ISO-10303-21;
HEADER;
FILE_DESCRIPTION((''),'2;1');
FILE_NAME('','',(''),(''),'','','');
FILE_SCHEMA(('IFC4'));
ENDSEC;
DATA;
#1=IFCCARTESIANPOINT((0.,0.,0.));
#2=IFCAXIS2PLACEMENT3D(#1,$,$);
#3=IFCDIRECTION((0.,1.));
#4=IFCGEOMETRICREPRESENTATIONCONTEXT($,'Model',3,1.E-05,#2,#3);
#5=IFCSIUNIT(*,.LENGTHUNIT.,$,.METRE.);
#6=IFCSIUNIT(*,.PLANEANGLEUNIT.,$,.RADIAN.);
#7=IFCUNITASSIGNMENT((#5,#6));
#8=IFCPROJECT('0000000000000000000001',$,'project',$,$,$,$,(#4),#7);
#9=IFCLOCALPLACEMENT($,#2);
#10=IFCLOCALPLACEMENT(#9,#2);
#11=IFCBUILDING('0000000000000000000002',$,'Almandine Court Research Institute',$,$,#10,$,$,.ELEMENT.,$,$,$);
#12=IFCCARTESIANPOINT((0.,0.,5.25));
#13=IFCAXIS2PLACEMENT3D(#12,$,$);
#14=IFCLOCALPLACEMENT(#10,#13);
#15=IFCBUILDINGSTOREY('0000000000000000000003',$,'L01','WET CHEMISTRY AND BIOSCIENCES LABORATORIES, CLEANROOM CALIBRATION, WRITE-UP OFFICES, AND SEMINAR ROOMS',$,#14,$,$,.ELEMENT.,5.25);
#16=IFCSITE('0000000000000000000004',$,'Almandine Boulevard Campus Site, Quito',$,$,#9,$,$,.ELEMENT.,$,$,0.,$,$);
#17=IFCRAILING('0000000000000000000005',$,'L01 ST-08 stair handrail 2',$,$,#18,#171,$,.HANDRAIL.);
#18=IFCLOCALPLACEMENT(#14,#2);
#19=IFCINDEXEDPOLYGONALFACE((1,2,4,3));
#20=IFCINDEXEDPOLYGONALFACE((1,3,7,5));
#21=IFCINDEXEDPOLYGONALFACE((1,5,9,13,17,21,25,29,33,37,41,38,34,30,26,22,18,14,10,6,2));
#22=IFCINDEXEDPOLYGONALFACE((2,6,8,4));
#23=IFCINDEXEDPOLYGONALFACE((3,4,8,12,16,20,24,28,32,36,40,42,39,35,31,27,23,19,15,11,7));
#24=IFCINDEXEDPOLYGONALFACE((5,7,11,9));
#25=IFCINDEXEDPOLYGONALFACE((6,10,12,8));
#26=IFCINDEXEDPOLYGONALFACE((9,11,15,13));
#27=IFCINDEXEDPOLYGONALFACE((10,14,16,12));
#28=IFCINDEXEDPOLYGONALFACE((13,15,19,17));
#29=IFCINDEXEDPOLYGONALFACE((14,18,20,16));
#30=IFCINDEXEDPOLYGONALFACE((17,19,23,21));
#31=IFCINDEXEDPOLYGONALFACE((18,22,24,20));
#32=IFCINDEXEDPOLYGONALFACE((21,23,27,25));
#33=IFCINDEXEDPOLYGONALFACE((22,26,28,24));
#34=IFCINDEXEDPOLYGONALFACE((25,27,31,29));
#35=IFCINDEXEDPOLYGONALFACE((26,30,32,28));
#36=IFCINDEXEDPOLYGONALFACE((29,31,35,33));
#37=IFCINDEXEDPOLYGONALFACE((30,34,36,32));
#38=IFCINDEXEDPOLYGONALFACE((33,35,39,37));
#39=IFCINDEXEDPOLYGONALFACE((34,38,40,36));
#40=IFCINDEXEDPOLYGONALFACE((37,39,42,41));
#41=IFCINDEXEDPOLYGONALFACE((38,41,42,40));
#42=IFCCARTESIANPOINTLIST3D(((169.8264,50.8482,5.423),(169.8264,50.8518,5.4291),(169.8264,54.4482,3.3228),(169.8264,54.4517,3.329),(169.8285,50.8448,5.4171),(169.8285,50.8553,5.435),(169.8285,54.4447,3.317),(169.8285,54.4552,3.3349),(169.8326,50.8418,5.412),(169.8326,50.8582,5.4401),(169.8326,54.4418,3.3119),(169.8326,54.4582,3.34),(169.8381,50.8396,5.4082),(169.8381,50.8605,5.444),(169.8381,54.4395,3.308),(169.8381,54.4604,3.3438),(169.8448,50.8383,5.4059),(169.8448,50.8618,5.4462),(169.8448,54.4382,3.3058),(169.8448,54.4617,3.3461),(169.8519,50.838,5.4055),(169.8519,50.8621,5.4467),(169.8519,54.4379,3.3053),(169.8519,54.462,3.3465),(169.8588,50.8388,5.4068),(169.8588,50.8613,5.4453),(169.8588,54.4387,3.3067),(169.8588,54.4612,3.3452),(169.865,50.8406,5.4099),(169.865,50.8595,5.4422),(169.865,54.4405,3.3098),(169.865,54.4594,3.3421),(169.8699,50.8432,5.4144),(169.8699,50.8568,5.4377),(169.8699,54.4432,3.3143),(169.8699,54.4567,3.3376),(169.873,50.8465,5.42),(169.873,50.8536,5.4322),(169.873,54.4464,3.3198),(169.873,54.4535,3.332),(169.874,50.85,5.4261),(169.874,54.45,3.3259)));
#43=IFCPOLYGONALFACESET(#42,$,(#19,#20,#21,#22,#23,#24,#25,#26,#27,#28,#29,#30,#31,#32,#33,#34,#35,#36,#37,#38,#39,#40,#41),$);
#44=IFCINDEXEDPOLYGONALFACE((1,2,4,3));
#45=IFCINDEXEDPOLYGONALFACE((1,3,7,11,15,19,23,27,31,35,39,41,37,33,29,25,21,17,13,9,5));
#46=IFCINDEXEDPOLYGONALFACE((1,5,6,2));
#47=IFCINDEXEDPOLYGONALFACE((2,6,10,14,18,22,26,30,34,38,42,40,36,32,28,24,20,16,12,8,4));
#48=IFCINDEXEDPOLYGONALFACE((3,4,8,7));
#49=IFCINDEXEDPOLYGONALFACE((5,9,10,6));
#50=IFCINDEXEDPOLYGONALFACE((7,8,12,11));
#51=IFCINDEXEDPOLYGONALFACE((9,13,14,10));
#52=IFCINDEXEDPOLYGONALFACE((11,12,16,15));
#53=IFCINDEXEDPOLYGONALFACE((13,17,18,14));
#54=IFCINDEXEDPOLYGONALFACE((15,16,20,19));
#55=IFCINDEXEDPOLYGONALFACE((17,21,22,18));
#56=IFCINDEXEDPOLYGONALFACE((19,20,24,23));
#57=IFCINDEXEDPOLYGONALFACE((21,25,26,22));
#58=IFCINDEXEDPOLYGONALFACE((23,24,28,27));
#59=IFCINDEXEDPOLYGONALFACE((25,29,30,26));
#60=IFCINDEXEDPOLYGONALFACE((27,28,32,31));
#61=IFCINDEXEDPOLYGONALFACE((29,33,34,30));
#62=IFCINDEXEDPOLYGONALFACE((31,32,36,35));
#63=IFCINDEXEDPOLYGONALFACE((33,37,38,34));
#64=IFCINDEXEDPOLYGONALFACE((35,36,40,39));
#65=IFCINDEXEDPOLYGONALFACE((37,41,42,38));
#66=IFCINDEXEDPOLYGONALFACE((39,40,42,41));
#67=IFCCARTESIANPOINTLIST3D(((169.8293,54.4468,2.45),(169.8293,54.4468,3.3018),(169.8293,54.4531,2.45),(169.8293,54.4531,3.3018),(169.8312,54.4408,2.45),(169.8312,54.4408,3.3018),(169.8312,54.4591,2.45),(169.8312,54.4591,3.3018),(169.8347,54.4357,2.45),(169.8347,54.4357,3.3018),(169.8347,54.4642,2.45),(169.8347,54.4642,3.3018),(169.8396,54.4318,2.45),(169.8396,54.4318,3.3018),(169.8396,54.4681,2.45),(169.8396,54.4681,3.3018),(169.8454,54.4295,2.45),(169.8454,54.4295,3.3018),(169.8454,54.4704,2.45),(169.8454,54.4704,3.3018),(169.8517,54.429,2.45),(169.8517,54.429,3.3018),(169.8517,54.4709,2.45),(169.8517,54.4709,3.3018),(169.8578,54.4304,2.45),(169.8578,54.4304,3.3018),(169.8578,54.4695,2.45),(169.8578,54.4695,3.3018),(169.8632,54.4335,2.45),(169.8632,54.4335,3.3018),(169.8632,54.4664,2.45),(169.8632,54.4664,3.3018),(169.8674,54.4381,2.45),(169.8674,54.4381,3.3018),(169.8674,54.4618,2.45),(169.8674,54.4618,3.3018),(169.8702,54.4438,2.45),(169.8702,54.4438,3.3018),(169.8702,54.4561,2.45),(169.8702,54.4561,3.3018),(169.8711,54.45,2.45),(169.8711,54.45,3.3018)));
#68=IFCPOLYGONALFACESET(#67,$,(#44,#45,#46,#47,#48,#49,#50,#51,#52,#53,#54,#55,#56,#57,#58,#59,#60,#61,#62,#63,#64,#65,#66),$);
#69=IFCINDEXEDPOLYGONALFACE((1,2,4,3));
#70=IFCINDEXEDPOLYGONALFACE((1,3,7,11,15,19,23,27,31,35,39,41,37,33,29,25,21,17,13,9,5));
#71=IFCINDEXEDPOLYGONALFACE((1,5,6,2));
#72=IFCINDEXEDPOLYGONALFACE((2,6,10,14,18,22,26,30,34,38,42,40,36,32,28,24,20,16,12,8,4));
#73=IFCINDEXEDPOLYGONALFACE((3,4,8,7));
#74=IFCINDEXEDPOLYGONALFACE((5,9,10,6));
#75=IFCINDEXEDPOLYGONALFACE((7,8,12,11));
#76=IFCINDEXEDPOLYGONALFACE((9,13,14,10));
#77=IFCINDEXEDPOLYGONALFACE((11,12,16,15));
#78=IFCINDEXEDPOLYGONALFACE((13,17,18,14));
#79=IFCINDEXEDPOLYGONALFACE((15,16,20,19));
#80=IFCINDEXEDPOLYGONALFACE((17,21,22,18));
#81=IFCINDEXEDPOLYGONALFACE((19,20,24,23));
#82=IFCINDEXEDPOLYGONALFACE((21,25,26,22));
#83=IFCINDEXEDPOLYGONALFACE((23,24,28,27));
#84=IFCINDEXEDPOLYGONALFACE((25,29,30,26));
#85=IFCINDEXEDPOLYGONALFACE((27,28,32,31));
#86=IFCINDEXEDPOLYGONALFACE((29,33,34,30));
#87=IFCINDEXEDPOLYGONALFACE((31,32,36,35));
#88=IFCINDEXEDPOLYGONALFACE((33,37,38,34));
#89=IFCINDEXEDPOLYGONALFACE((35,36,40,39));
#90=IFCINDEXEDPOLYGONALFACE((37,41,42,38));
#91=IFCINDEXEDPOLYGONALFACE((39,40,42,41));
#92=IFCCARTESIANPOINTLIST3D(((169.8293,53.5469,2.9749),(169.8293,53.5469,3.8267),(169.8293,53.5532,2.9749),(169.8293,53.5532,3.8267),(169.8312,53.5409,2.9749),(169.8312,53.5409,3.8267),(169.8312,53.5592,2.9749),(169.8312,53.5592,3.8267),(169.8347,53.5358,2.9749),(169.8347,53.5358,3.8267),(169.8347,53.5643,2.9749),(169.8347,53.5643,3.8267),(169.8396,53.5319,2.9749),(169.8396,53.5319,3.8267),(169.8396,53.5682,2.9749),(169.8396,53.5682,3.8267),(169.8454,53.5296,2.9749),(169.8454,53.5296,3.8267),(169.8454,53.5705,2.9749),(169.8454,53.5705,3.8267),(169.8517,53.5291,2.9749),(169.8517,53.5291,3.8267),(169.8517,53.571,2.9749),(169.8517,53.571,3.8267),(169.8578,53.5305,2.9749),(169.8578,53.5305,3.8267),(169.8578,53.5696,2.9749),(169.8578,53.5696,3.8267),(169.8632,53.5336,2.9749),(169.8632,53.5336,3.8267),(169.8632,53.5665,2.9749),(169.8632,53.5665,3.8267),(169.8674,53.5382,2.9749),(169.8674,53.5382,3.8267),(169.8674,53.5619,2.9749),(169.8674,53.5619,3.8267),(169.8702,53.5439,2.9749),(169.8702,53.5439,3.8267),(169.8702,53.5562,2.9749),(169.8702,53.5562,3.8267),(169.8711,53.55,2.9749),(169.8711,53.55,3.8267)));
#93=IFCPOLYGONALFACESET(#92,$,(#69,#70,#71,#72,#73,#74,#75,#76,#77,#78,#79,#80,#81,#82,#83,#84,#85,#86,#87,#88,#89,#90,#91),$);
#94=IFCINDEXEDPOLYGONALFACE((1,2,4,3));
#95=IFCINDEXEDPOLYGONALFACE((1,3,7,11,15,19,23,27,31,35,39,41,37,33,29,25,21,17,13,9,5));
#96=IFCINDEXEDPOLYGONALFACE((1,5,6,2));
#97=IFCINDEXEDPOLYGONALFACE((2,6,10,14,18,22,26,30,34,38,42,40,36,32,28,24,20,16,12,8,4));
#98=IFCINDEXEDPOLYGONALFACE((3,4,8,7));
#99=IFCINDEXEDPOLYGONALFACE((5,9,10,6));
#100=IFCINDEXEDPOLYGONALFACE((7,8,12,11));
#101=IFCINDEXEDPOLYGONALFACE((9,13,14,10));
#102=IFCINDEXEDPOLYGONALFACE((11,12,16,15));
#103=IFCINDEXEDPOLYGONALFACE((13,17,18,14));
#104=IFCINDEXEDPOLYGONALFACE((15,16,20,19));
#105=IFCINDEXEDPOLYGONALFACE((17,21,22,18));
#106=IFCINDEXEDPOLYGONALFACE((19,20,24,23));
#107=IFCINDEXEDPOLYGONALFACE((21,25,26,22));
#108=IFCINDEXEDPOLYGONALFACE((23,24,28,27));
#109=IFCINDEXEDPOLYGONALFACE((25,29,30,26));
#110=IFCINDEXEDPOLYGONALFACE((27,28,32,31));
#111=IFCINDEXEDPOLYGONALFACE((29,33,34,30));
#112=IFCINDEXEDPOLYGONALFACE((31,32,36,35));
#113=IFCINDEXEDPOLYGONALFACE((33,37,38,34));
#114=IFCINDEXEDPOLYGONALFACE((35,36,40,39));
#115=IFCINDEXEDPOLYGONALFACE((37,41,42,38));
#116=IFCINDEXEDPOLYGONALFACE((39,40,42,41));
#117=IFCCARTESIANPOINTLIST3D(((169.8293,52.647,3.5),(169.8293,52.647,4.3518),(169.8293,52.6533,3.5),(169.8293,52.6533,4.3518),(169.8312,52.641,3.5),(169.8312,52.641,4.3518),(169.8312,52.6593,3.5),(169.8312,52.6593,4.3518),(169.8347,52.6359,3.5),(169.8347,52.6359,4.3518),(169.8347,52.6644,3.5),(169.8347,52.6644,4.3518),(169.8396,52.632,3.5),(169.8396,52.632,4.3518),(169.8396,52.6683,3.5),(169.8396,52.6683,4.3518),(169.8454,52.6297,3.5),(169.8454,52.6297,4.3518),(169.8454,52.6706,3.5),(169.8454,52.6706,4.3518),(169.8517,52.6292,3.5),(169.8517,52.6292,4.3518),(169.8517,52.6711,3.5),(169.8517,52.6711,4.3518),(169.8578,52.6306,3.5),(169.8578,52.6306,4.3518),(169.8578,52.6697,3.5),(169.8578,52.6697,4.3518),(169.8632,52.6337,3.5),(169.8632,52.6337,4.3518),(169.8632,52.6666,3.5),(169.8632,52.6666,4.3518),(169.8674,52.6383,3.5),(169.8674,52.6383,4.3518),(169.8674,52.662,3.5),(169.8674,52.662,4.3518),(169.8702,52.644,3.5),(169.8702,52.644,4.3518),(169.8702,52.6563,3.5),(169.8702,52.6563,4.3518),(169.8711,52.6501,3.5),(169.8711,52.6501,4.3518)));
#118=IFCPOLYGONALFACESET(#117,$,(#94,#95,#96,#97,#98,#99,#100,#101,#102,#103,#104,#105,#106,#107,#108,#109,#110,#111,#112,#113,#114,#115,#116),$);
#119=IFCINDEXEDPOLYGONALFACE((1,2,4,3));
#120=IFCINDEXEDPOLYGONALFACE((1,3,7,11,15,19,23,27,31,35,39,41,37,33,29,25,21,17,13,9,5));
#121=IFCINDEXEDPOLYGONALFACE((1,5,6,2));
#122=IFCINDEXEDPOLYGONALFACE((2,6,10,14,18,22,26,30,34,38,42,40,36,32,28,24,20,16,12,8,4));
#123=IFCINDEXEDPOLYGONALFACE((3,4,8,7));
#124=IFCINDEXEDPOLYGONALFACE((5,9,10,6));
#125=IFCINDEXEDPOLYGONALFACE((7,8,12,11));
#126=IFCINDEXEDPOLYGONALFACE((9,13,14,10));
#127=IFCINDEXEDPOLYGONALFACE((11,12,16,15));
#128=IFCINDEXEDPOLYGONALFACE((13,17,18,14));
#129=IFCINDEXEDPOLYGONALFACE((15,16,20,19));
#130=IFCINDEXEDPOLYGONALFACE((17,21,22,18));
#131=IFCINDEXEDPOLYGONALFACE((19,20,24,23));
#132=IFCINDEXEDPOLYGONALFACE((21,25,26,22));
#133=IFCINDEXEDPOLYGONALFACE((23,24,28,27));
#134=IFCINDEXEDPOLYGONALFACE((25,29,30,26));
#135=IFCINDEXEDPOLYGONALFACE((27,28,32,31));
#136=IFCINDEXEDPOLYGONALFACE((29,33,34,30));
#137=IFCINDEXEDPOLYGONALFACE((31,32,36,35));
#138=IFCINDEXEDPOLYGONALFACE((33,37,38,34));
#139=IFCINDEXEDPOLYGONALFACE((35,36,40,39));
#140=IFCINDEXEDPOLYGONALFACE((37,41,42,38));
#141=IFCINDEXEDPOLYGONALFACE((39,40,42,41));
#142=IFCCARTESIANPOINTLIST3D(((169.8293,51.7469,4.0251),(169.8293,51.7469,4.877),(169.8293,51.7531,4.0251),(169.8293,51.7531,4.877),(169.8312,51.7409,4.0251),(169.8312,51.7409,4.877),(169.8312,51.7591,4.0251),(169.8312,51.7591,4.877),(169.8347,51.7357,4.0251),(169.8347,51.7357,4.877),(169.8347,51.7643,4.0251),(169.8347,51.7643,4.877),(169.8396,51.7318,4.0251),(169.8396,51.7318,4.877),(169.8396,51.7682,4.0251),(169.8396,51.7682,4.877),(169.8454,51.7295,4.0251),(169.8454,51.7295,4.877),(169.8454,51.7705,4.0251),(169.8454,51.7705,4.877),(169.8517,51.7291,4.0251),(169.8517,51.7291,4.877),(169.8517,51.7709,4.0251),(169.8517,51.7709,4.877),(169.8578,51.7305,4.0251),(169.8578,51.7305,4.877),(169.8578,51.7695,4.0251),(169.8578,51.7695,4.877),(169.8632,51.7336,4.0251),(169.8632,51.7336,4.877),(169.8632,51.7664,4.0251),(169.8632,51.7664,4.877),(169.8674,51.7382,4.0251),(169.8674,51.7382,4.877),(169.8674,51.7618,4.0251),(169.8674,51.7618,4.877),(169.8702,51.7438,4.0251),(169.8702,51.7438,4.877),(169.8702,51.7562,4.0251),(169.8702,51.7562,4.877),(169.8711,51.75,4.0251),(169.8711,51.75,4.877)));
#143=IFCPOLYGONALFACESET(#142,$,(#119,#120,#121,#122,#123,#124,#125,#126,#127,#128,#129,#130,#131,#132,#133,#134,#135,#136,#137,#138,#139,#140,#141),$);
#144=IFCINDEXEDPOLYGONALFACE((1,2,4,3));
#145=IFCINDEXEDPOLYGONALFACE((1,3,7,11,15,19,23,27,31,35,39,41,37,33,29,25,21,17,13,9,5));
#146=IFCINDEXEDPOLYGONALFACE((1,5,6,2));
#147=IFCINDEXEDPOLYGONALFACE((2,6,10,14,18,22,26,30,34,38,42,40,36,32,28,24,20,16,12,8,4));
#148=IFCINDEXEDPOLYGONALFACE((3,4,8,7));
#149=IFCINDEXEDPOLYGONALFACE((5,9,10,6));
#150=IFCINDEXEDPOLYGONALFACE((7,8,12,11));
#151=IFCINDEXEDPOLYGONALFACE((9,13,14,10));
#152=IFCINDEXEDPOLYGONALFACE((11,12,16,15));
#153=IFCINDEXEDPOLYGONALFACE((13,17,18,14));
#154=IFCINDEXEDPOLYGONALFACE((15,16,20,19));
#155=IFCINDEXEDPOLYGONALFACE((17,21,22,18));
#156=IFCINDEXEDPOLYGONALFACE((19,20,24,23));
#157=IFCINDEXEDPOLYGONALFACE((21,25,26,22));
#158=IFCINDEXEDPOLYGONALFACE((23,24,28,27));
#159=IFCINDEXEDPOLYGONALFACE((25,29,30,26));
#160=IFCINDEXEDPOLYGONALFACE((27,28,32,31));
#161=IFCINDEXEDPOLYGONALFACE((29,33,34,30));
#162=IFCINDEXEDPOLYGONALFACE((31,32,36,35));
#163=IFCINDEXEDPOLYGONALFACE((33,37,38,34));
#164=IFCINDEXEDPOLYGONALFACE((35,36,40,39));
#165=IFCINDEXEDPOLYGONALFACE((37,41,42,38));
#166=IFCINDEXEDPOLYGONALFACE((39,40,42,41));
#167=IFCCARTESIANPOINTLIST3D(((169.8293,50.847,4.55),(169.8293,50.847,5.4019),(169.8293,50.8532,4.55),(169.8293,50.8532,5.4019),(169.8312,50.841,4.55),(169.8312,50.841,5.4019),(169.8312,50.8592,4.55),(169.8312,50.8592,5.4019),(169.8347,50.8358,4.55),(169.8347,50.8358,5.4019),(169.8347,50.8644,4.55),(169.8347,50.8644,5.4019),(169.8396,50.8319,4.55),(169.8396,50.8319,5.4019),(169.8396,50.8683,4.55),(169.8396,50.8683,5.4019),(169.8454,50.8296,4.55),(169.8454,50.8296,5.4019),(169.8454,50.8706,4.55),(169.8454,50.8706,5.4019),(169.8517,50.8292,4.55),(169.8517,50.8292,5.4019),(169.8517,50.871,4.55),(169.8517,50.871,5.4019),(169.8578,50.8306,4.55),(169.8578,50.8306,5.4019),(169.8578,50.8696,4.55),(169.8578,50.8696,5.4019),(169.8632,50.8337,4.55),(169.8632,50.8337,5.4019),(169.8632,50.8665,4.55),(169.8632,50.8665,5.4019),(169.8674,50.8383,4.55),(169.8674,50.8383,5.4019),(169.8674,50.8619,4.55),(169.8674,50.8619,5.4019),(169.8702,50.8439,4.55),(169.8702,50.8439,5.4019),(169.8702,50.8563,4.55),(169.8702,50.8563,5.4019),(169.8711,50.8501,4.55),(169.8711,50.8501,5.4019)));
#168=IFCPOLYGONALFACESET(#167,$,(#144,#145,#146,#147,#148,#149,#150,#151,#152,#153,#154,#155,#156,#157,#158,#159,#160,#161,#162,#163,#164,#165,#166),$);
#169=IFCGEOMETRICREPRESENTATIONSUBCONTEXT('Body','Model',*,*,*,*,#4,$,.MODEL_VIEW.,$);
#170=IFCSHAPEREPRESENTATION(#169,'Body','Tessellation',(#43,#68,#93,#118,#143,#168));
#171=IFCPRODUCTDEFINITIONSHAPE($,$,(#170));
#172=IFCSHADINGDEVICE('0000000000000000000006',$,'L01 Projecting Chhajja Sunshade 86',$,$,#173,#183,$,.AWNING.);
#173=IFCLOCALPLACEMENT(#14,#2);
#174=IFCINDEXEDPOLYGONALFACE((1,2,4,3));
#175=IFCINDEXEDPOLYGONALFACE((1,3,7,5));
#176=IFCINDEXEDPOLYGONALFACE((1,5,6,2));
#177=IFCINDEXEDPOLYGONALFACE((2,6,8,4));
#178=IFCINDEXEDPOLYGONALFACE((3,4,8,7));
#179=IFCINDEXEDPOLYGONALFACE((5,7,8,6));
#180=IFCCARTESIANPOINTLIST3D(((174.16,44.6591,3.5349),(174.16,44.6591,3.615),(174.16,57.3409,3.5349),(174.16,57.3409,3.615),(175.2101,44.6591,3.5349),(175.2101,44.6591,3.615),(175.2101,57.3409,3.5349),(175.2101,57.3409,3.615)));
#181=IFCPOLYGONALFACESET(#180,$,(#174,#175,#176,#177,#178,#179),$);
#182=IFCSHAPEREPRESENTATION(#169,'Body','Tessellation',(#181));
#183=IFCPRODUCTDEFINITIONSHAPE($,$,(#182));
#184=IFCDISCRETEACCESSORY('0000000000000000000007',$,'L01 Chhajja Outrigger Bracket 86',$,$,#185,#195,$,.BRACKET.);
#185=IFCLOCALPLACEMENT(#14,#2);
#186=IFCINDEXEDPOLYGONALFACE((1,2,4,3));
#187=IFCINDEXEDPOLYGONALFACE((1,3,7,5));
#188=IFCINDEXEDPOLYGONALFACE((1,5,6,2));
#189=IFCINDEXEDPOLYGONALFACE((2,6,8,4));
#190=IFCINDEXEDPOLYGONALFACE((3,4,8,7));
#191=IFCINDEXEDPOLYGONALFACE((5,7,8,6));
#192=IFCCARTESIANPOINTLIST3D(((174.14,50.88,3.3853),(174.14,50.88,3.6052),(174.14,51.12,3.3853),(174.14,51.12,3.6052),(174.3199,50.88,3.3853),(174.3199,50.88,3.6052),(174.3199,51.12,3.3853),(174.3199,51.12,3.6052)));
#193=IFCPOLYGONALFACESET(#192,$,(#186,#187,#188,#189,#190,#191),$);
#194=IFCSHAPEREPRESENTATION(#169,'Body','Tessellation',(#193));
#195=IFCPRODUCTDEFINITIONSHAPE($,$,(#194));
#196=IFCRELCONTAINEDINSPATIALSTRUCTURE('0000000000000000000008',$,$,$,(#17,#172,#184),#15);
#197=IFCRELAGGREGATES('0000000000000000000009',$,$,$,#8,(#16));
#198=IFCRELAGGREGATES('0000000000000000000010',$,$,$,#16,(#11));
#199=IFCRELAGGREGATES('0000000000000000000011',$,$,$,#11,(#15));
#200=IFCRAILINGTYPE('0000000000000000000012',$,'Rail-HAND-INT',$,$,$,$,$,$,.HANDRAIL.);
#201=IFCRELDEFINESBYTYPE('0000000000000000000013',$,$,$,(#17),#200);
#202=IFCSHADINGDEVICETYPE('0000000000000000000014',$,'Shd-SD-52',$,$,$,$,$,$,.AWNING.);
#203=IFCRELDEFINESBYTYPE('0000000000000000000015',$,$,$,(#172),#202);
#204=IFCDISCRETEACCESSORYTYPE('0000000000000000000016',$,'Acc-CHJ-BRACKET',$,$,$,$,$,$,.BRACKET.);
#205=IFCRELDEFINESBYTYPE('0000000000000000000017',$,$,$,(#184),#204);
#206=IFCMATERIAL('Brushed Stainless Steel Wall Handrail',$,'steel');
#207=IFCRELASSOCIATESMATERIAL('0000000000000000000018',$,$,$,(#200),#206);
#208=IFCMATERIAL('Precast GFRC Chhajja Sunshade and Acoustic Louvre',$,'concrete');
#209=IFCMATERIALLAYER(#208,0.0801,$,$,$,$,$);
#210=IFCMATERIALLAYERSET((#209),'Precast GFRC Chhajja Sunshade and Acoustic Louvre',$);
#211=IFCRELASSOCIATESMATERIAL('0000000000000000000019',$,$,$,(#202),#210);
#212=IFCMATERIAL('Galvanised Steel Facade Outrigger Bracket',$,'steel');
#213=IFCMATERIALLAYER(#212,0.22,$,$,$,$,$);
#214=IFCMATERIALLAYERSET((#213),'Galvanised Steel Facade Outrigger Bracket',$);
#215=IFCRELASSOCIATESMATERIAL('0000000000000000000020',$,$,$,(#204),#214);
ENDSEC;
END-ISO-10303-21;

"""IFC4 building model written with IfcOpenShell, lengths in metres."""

from ifc_helpers import new_model, si_unit, direction, frame, origin, origin_2d, place, context, subcontext, project, spatial, rectangle, circle, extrude, material, layer, layer_set, type_object, element, save


model = new_model("IFC4")

# Units and contexts
model_context = context("Model", 3, precision=1e-05, world=origin(), true_north=direction((0.0, 1.0)))
body_context = subcontext(model_context, "Body", "Model", "MODEL_VIEW")
ifc_project = project(units=[si_unit("LENGTHUNIT", "METRE"), si_unit("PLANEANGLEUNIT", "RADIAN")], contexts=[model_context])

# Site, building, storey
site_placement = place(None, origin())
site = spatial("IfcSite", under=ifc_project, at=site_placement, Name="Almandine Boulevard Campus Site, Quito", CompositionType="ELEMENT", RefElevation=0.0)
building_placement = place(site_placement, origin())
building = spatial("IfcBuilding", under=site, at=building_placement, Name="Almandine Court Research Institute", CompositionType="ELEMENT")
storey_placement = place(building_placement, frame((0.0, 0.0, 5.25)))
storey = spatial("IfcBuildingStorey", under=building, at=storey_placement, Name="L01", Description="WET CHEMISTRY AND BIOSCIENCES LABORATORIES, CLEANROOM CALIBRATION, WRITE-UP OFFICES, AND SEMINAR ROOMS", CompositionType="ELEMENT", Elevation=5.25)

# Railing
ifc_material_1 = material(Name="Brushed Stainless Steel Wall Handrail", Category="steel")
railing_type_1 = type_object("IfcRailingType", Name="Rail-HAND-INT", PredefinedType="HANDRAIL", material=ifc_material_1)
railing_1_placement = place(storey_placement, frame((169.8501, 54.45, 2.45)))
element("IfcRailing", 1, at=railing_1_placement, inside=storey, type_object=railing_type_1, Name="L01 ST-08 stair handrail 2", PredefinedType="HANDRAIL", context=body_context, shape_type="SweptSolid", body=[
    extrude(circle(Radius=0.0239, at=origin_2d()), frame((0.0, 0.0, 0.876), z_axis=(0.0, -0.86376, 0.503904), x_axis=(1.0, 0.0, 0.0)), (0.0, 0.0, 1.0), 4.1677),
    extrude(circle(Radius=0.021, at=origin_2d()), origin(), (0.0, 0.0, 1.0), 0.8518),
    extrude(circle(Radius=0.021, at=origin_2d()), frame((0.0, -0.8999, 0.5249)), (0.0, 0.0, 1.0), 0.8518),
    extrude(circle(Radius=0.021, at=origin_2d()), frame((0.0, -1.7998, 1.05)), (0.0, 0.0, 1.0), 0.8518),
    extrude(circle(Radius=0.021, at=origin_2d()), frame((0.0, -2.7, 1.5752)), (0.0, 0.0, 1.0), 0.8518),
    extrude(circle(Radius=0.021, at=origin_2d()), frame((0.0, -3.5999, 2.1001)), (0.0, 0.0, 1.0), 0.8518),
])

# Shading device
ifc_material_2 = material(Name="Precast GFRC Chhajja Sunshade and Acoustic Louvre", Category="concrete")
ifc_layer_1 = layer(ifc_material_2, 0.0801)
ifc_layer_set_1 = layer_set([ifc_layer_1], Name="Precast GFRC Chhajja Sunshade and Acoustic Louvre")
shading_device_type = type_object("IfcShadingDeviceType", Name="Shd-SD-52", PredefinedType="AWNING", material=ifc_layer_set_1)
shading_device_placement = place(storey_placement, frame((174.6851, 51.0, 3.5349), z_axis=(0.0, 0.0, 1.0), x_axis=(0.0, -1.0, 0.0)))
element("IfcShadingDevice", 2, at=shading_device_placement, inside=storey, type_object=shading_device_type, Name="L01 Projecting Chhajja Sunshade 86", PredefinedType="AWNING", context=body_context, shape_type="SweptSolid", body=[
    extrude(rectangle(XDim=12.6819, YDim=1.05, at=origin_2d()), origin(), (0.0, 0.0, 1.0), 0.0801),
])

# Discrete accessory
ifc_material_3 = material(Name="Galvanised Steel Facade Outrigger Bracket", Category="steel")
ifc_layer_2 = layer(ifc_material_3, 0.22)
ifc_layer_set_2 = layer_set([ifc_layer_2], Name="Galvanised Steel Facade Outrigger Bracket")
discrete_accessory_type = type_object("IfcDiscreteAccessoryType", Name="Acc-CHJ-BRACKET", PredefinedType="BRACKET", material=ifc_layer_set_2)
discrete_accessory_placement = place(storey_placement, frame((174.23, 51.0, 3.3853), z_axis=(0.0, 0.0, 1.0), x_axis=(0.0, -1.0, 0.0)))
element("IfcDiscreteAccessory", 3, at=discrete_accessory_placement, inside=storey, type_object=discrete_accessory_type, Name="L01 Chhajja Outrigger Bracket 86", PredefinedType="BRACKET", context=body_context, shape_type="SweptSolid", body=[
    extrude(rectangle(XDim=0.24, YDim=0.1799, at=origin_2d()), origin(), (0.0, 0.0, 1.0), 0.22),
])

save(model, "model.ifc")
